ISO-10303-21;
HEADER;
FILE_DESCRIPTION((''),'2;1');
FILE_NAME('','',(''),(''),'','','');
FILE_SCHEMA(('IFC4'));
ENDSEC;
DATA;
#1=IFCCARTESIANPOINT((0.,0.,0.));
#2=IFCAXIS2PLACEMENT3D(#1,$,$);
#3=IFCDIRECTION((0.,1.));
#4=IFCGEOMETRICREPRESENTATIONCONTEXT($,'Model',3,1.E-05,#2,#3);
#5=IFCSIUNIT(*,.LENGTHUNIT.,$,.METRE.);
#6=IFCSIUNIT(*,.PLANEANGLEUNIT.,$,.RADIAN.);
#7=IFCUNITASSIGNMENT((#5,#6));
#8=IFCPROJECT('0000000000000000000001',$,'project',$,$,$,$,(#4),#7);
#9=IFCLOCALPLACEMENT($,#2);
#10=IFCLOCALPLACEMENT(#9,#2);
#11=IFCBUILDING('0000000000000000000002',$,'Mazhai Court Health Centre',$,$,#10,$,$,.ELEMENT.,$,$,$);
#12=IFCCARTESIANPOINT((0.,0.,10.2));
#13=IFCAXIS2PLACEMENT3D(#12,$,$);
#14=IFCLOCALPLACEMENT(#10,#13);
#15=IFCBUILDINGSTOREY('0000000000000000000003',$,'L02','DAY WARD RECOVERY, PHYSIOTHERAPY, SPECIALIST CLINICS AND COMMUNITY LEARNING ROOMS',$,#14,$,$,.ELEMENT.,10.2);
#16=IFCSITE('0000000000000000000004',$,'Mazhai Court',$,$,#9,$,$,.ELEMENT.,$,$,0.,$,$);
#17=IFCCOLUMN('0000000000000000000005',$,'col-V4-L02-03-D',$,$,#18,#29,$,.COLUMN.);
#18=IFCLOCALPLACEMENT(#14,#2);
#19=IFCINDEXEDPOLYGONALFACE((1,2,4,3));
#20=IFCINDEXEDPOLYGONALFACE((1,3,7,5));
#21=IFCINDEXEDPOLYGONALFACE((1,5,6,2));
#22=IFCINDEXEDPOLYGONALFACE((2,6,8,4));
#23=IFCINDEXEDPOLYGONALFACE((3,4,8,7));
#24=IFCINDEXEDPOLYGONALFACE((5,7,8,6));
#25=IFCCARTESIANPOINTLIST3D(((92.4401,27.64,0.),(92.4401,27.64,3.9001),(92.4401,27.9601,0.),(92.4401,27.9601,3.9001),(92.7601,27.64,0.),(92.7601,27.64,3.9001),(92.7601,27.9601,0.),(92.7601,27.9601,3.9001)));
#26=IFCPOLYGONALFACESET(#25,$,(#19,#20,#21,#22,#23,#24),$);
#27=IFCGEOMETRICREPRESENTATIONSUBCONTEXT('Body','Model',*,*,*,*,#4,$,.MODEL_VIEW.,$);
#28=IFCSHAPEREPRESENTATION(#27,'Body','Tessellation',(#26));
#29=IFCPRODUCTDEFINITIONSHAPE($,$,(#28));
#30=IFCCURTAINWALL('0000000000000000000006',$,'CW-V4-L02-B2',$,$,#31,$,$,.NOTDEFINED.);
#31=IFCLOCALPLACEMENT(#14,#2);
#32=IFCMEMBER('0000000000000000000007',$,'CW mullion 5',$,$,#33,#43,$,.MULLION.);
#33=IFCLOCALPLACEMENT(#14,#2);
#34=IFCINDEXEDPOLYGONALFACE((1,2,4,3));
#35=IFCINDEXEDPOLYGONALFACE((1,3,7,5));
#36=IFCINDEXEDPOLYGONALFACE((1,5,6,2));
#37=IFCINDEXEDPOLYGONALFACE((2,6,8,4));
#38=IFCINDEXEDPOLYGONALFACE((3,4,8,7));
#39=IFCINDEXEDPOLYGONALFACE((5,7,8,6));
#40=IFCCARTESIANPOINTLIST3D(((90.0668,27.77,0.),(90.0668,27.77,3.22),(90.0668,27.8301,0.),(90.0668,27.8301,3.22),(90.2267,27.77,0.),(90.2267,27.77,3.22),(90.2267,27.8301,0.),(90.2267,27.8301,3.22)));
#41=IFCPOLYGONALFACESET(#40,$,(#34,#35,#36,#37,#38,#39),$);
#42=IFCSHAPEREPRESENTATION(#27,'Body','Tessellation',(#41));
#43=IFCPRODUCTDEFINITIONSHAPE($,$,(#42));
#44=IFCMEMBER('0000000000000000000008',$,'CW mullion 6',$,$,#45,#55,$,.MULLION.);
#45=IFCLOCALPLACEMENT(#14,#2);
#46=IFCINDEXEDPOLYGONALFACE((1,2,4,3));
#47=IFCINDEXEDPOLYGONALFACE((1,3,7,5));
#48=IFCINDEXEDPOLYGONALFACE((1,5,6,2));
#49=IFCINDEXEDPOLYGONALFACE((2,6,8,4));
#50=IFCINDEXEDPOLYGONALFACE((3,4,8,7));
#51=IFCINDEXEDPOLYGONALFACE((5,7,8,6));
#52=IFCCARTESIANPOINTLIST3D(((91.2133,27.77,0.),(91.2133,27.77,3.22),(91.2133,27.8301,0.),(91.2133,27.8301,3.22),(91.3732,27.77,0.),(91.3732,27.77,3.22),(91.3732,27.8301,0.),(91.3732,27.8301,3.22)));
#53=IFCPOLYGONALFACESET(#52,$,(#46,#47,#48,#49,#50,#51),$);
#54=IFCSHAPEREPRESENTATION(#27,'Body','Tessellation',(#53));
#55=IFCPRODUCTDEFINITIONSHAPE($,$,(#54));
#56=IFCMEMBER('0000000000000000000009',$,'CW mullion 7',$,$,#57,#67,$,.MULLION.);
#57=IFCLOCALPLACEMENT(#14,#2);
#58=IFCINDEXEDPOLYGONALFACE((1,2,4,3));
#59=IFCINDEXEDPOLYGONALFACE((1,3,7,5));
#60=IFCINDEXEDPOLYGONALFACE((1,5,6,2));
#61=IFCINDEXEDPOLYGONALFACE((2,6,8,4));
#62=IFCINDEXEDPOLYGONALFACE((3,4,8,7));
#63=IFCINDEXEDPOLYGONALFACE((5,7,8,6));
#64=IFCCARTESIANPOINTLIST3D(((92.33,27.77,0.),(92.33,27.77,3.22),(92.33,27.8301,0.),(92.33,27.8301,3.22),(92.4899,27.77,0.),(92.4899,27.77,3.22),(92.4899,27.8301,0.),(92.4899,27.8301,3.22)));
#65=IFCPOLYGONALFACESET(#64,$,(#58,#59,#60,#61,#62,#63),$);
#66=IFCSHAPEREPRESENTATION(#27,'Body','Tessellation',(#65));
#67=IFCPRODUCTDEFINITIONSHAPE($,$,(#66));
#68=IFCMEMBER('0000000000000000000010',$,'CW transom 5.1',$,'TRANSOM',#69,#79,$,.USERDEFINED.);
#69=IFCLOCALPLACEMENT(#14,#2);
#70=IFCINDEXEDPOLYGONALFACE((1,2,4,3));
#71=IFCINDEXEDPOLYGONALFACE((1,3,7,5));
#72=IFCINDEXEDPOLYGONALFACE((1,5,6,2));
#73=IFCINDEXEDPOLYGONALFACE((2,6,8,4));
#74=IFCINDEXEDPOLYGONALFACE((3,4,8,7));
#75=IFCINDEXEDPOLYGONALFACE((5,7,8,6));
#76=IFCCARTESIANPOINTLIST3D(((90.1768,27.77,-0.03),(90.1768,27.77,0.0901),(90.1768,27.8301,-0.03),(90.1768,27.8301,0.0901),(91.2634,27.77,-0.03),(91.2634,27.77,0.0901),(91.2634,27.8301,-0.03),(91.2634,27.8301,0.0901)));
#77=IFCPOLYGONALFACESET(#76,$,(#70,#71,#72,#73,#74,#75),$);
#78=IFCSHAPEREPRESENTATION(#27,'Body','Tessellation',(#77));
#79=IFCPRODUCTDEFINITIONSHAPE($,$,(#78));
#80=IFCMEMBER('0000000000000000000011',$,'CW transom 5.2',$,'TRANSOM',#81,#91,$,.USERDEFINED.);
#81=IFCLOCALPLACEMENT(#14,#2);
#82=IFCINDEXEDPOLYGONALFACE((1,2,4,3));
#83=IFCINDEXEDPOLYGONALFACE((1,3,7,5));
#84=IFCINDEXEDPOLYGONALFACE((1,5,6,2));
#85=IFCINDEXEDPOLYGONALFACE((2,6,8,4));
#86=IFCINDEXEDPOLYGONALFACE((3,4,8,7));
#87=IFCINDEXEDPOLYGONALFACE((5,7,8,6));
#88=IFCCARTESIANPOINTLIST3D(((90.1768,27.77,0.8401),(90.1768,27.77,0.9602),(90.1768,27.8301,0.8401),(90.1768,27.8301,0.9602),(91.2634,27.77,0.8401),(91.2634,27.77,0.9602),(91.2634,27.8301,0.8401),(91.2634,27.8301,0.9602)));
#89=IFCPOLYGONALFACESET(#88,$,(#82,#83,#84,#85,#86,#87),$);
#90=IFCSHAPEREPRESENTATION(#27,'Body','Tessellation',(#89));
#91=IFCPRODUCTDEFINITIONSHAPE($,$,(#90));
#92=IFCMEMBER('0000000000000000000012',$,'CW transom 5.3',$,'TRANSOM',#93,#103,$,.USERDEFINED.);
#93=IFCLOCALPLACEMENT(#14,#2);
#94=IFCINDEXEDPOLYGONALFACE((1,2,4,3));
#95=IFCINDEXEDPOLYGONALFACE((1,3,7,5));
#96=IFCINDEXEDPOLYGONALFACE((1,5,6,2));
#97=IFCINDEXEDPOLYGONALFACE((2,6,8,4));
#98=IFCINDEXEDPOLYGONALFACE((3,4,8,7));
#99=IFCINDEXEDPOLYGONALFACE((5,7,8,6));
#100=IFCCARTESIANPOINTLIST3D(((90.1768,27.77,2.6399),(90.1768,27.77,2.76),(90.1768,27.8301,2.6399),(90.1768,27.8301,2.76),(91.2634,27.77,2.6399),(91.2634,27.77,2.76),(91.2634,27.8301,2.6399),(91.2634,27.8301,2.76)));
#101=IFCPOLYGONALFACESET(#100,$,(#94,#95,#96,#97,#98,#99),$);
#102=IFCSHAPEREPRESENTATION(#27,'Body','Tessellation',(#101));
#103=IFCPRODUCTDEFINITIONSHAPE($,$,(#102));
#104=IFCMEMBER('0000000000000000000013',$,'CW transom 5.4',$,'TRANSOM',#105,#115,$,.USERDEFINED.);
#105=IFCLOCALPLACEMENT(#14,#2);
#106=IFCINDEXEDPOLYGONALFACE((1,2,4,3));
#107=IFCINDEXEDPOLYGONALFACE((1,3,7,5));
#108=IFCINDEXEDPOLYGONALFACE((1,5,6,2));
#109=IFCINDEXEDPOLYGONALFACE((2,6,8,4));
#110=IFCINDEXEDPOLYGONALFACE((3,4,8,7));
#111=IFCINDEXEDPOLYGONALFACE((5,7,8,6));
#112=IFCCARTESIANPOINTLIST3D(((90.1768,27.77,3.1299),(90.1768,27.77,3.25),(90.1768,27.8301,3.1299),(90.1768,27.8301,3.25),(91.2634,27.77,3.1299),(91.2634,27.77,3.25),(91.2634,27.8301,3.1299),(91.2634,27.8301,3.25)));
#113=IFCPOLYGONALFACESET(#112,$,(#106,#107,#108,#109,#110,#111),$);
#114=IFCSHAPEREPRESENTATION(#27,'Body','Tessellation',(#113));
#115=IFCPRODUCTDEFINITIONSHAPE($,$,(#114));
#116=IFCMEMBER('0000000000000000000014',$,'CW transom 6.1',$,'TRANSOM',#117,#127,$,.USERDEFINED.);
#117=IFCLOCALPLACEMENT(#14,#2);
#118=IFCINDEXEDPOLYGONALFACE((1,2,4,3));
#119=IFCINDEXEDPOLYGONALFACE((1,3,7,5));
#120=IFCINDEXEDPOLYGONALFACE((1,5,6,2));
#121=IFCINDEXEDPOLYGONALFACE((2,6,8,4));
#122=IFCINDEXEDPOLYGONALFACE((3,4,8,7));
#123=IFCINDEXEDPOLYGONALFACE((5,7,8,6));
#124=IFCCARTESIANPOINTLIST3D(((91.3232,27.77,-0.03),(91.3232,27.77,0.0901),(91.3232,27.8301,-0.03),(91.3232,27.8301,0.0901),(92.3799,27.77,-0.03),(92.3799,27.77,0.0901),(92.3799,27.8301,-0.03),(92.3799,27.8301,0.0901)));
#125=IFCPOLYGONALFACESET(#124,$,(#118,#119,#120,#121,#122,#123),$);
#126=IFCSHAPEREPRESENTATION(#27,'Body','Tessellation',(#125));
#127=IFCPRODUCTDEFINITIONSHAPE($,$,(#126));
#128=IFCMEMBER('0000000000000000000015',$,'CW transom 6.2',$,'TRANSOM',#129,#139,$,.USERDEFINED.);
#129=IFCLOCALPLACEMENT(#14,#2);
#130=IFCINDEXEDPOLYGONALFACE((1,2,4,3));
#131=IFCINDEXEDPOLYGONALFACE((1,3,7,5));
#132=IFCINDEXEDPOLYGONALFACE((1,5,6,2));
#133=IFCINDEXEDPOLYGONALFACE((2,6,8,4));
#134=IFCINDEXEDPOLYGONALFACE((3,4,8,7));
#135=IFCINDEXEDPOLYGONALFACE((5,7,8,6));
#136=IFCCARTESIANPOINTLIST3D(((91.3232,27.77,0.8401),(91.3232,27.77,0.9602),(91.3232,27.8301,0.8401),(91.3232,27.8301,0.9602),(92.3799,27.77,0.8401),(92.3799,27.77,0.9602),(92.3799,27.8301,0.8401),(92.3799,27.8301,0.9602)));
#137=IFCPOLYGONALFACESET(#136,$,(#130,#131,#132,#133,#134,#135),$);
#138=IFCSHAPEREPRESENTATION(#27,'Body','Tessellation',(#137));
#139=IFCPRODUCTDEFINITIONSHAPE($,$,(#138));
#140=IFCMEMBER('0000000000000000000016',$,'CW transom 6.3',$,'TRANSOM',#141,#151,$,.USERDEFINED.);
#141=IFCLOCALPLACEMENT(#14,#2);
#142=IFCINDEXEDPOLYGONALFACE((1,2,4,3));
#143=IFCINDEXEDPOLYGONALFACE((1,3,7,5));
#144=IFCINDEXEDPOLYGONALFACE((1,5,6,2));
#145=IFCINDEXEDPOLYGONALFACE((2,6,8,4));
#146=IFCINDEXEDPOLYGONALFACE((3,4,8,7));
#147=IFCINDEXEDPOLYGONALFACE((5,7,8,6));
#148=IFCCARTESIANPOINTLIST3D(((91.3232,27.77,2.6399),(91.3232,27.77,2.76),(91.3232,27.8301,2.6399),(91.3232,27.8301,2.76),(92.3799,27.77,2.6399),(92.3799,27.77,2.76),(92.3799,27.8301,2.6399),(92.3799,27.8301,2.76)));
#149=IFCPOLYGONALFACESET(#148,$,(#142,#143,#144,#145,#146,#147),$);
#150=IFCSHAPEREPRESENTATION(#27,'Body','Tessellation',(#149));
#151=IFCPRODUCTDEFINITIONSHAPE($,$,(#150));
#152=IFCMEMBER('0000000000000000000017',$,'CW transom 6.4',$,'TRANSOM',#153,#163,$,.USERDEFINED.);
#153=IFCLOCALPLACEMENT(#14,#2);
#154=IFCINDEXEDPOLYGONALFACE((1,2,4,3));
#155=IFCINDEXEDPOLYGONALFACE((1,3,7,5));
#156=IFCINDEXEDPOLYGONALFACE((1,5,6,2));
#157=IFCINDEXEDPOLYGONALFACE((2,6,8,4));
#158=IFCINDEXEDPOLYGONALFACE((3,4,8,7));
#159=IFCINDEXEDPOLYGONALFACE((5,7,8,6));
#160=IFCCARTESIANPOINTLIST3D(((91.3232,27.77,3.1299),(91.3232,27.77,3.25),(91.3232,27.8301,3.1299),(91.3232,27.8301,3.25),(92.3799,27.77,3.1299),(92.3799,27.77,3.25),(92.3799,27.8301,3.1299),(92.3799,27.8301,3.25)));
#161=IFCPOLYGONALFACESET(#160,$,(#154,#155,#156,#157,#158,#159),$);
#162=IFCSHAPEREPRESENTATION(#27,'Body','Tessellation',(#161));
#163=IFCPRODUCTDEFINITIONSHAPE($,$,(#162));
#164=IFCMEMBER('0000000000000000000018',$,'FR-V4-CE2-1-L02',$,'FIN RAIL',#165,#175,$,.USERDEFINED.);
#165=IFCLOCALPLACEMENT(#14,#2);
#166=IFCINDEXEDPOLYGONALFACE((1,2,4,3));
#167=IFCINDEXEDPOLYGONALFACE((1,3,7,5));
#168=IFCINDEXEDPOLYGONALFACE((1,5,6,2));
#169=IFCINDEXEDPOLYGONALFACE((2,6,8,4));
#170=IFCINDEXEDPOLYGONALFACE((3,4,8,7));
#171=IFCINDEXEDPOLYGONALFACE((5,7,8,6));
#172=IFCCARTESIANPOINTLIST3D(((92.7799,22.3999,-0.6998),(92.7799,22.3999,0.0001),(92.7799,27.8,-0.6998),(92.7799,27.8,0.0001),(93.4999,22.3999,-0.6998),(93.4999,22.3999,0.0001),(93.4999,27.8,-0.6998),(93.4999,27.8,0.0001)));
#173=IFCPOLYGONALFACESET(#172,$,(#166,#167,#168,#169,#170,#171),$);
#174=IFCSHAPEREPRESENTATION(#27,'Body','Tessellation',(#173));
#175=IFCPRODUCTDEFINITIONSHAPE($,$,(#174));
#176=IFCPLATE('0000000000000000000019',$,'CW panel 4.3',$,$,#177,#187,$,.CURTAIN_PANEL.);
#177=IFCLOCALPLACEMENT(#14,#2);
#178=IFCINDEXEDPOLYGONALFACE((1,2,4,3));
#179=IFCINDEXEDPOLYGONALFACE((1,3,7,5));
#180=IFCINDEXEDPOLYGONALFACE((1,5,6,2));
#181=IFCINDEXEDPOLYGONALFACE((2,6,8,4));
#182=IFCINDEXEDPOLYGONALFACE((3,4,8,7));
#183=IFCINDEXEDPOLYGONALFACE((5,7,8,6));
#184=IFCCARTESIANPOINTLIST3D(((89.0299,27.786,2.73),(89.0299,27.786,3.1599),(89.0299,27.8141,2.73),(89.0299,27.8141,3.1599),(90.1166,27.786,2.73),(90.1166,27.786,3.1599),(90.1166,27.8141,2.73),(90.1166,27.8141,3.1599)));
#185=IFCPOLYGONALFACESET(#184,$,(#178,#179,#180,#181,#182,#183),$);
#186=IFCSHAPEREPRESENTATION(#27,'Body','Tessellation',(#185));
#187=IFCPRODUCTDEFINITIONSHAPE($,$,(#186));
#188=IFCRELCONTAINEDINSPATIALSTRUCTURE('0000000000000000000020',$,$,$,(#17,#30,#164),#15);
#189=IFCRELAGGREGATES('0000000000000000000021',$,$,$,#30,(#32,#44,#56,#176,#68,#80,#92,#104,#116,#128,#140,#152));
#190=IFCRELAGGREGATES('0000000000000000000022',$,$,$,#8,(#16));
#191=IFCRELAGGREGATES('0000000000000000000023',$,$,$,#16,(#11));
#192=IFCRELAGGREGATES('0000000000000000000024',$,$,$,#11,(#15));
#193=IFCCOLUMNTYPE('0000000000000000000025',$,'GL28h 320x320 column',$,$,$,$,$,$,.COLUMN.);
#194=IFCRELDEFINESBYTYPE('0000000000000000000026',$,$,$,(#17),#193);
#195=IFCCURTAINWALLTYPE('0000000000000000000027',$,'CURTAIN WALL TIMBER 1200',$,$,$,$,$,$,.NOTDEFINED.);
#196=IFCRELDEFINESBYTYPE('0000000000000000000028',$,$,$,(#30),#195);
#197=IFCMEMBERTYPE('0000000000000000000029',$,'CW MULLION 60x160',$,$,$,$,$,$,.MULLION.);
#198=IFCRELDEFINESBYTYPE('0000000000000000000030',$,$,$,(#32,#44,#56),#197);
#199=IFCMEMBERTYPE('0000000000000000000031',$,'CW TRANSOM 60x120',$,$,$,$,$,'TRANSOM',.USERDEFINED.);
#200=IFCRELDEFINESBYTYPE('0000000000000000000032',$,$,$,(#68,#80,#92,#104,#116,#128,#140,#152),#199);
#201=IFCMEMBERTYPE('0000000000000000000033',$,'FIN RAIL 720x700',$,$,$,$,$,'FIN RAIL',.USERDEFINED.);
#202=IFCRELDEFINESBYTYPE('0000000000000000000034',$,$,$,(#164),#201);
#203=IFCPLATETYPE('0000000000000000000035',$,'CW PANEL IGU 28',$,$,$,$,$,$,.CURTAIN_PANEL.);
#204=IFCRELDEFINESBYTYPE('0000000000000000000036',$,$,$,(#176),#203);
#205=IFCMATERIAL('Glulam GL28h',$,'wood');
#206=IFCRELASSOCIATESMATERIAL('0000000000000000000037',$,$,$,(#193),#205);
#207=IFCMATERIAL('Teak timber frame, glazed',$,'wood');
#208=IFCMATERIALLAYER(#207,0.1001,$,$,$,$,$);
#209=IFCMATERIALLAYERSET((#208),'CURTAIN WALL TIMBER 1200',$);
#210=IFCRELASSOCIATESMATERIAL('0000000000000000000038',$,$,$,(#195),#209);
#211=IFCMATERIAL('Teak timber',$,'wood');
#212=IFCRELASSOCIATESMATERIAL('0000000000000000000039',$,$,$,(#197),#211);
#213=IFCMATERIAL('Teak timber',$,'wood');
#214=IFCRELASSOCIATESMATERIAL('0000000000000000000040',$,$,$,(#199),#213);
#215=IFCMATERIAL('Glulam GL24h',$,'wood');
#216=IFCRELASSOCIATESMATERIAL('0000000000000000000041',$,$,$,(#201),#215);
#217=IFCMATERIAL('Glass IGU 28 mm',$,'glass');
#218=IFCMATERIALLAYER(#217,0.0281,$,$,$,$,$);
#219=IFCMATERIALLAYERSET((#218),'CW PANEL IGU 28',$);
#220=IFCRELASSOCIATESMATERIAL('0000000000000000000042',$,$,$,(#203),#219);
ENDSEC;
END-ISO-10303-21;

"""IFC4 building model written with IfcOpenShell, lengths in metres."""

from ifc_helpers import new_model, si_unit, direction, frame, origin, origin_2d, place, context, subcontext, project, spatial, rectangle, extrude, material, layer, layer_set, material_profile, profile_set, type_object, element, aggregate, save


model = new_model("IFC4")

# Units and contexts
model_context = context("Model", 3, precision=1e-05, world=origin(), true_north=direction((0.0, 1.0)))
body_context = subcontext(model_context, "Body", "Model", "MODEL_VIEW")
ifc_project = project(units=[si_unit("LENGTHUNIT", "METRE"), si_unit("PLANEANGLEUNIT", "RADIAN")], contexts=[model_context])

# Site, building, storey
site_placement = place(None, origin())
site = spatial("IfcSite", under=ifc_project, at=site_placement, Name="Mazhai Court", CompositionType="ELEMENT", RefElevation=0.0)
building_placement = place(site_placement, origin())
building = spatial("IfcBuilding", under=site, at=building_placement, Name="Mazhai Court Health Centre", CompositionType="ELEMENT")
storey_placement = place(building_placement, frame((0.0, 0.0, 10.2)))
storey = spatial("IfcBuildingStorey", under=building, at=storey_placement, Name="L02", Description="DAY WARD RECOVERY, PHYSIOTHERAPY, SPECIALIST CLINICS AND COMMUNITY LEARNING ROOMS", CompositionType="ELEMENT", Elevation=10.2)

# Column
ifc_material_1 = material(Name="Glulam GL28h", Category="wood")
ifc_material_profile_1 = material_profile(ifc_material_1, rectangle(XDim=0.3201, YDim=0.3201, at=origin_2d()), Name="GL28h 320x320")
ifc_profile_set_1 = profile_set([ifc_material_profile_1], Name="Glulam GL28h")
column_type = type_object("IfcColumnType", Name="GL28h 320x320 column", PredefinedType="COLUMN", material=ifc_profile_set_1)
column_placement = place(storey_placement, frame((92.6001, 27.8, 0.0), z_axis=(0.0, 0.0, 1.0), x_axis=(1.0, 0.0, 0.0)))
element("IfcColumn", 1, at=column_placement, inside=storey, type_object=column_type, Name="col-V4-L02-03-D", PredefinedType="COLUMN", context=body_context, shape_type="SweptSolid", body=[
    extrude(rectangle(XDim=0.3201, YDim=0.3201, at=origin_2d()), origin(), (0.0, 0.0, 1.0), 3.9001),
])

# Curtain wall, members
ifc_material_2 = material(Name="Teak timber frame, glazed", Category="wood")
ifc_layer_1 = layer(ifc_material_2, 0.1001)
ifc_layer_set_1 = layer_set([ifc_layer_1], Name="CURTAIN WALL TIMBER 1200")
curtain_wall_type = type_object("IfcCurtainWallType", Name="CURTAIN WALL TIMBER 1200", PredefinedType="NOTDEFINED", material=ifc_layer_set_1)
curtain_wall_placement = place(storey_placement, origin())
curtain_wall = element("IfcCurtainWall", 2, at=curtain_wall_placement, inside=storey, type_object=curtain_wall_type, Name="CW-V4-L02-B2", PredefinedType="NOTDEFINED")
ifc_material_3 = material(Name="Teak timber", Category="wood")
ifc_material_profile_2 = material_profile(ifc_material_3, rectangle(XDim=0.0601, YDim=0.1599, at=origin_2d()), Name="CW MULLION 60x160")
ifc_profile_set_2 = profile_set([ifc_material_profile_2], Name="Teak timber")
member_type_1 = type_object("IfcMemberType", Name="CW MULLION 60x160", PredefinedType="MULLION", material=ifc_profile_set_2)
member_1_placement = place(storey_placement, frame((90.1467, 27.8, 0.0), z_axis=(0.0, 0.0, 1.0), x_axis=(0.0, 1.0, 0.0)))
member_1 = element("IfcMember", 3, at=member_1_placement, type_object=member_type_1, Name="CW mullion 5", PredefinedType="MULLION", context=body_context, shape_type="SweptSolid", body=[
    extrude(rectangle(XDim=0.0601, YDim=0.1599, at=origin_2d()), origin(), (0.0, 0.0, 1.0), 3.22),
])
member_2_placement = place(storey_placement, frame((91.2932, 27.8, 0.0), z_axis=(0.0, 0.0, 1.0), x_axis=(0.0, 1.0, 0.0)))
member_2 = element("IfcMember", 4, at=member_2_placement, type_object=member_type_1, Name="CW mullion 6", PredefinedType="MULLION", context=body_context, shape_type="SweptSolid", body=[
    extrude(rectangle(XDim=0.0601, YDim=0.1599, at=origin_2d()), origin(), (0.0, 0.0, 1.0), 3.22),
])
member_3_placement = place(storey_placement, frame((92.4099, 27.8, 0.0), z_axis=(0.0, 0.0, 1.0), x_axis=(0.0, 1.0, 0.0)))
member_3 = element("IfcMember", 5, at=member_3_placement, type_object=member_type_1, Name="CW mullion 7", PredefinedType="MULLION", context=body_context, shape_type="SweptSolid", body=[
    extrude(rectangle(XDim=0.0601, YDim=0.1599, at=origin_2d()), origin(), (0.0, 0.0, 1.0), 3.22),
])
ifc_material_4 = material(Name="Teak timber", Category="wood")
ifc_material_profile_3 = material_profile(ifc_material_4, rectangle(XDim=0.0601, YDim=0.1201, at=origin_2d()), Name="CW TRANSOM 60x120")
ifc_profile_set_3 = profile_set([ifc_material_profile_3], Name="Teak timber")
member_type_2 = type_object("IfcMemberType", Name="CW TRANSOM 60x120", ElementType="TRANSOM", PredefinedType="USERDEFINED", material=ifc_profile_set_3)
member_4_placement = place(storey_placement, frame((90.1768, 27.8, 0.03), z_axis=(1.0, 0.0, 0.0), x_axis=(0.0, 1.0, 0.0)))
member_4 = element("IfcMember", 6, at=member_4_placement, type_object=member_type_2, Name="CW transom 5.1", ObjectType="TRANSOM", PredefinedType="USERDEFINED", context=body_context, shape_type="SweptSolid", body=[
    extrude(rectangle(XDim=0.0601, YDim=0.1201, at=origin_2d()), origin(), (0.0, 0.0, 1.0), 1.0867),
])
member_5_placement = place(storey_placement, frame((90.1768, 27.8, 0.9001), z_axis=(1.0, 0.0, 0.0), x_axis=(0.0, 1.0, 0.0)))
member_5 = element("IfcMember", 7, at=member_5_placement, type_object=member_type_2, Name="CW transom 5.2", ObjectType="TRANSOM", PredefinedType="USERDEFINED", context=body_context, shape_type="SweptSolid", body=[
    extrude(rectangle(XDim=0.0601, YDim=0.1201, at=origin_2d()), origin(), (0.0, 0.0, 1.0), 1.0867),
])
member_6_placement = place(storey_placement, frame((90.1768, 27.8, 2.7), z_axis=(1.0, 0.0, 0.0), x_axis=(0.0, 1.0, 0.0)))
member_6 = element("IfcMember", 8, at=member_6_placement, type_object=member_type_2, Name="CW transom 5.3", ObjectType="TRANSOM", PredefinedType="USERDEFINED", context=body_context, shape_type="SweptSolid", body=[
    extrude(rectangle(XDim=0.0601, YDim=0.1201, at=origin_2d()), origin(), (0.0, 0.0, 1.0), 1.0867),
])
member_7_placement = place(storey_placement, frame((90.1768, 27.8, 3.1899), z_axis=(1.0, 0.0, 0.0), x_axis=(0.0, 1.0, 0.0)))
member_7 = element("IfcMember", 9, at=member_7_placement, type_object=member_type_2, Name="CW transom 5.4", ObjectType="TRANSOM", PredefinedType="USERDEFINED", context=body_context, shape_type="SweptSolid", body=[
    extrude(rectangle(XDim=0.0601, YDim=0.1201, at=origin_2d()), origin(), (0.0, 0.0, 1.0), 1.0867),
])
member_8_placement = place(storey_placement, frame((91.3232, 27.8, 0.03), z_axis=(1.0, 0.0, 0.0), x_axis=(0.0, 1.0, 0.0)))
member_8 = element("IfcMember", 10, at=member_8_placement, type_object=member_type_2, Name="CW transom 6.1", ObjectType="TRANSOM", PredefinedType="USERDEFINED", context=body_context, shape_type="SweptSolid", body=[
    extrude(rectangle(XDim=0.0601, YDim=0.1201, at=origin_2d()), origin(), (0.0, 0.0, 1.0), 1.0566),
])
member_9_placement = place(storey_placement, frame((91.3232, 27.8, 0.9001), z_axis=(1.0, 0.0, 0.0), x_axis=(0.0, 1.0, 0.0)))
member_9 = element("IfcMember", 11, at=member_9_placement, type_object=member_type_2, Name="CW transom 6.2", ObjectType="TRANSOM", PredefinedType="USERDEFINED", context=body_context, shape_type="SweptSolid", body=[
    extrude(rectangle(XDim=0.0601, YDim=0.1201, at=origin_2d()), origin(), (0.0, 0.0, 1.0), 1.0566),
])
member_10_placement = place(storey_placement, frame((91.3232, 27.8, 2.7), z_axis=(1.0, 0.0, 0.0), x_axis=(0.0, 1.0, 0.0)))
member_10 = element("IfcMember", 12, at=member_10_placement, type_object=member_type_2, Name="CW transom 6.3", ObjectType="TRANSOM", PredefinedType="USERDEFINED", context=body_context, shape_type="SweptSolid", body=[
    extrude(rectangle(XDim=0.0601, YDim=0.1201, at=origin_2d()), origin(), (0.0, 0.0, 1.0), 1.0566),
])
member_11_placement = place(storey_placement, frame((91.3232, 27.8, 3.1899), z_axis=(1.0, 0.0, 0.0), x_axis=(0.0, 1.0, 0.0)))
member_11 = element("IfcMember", 13, at=member_11_placement, type_object=member_type_2, Name="CW transom 6.4", ObjectType="TRANSOM", PredefinedType="USERDEFINED", context=body_context, shape_type="SweptSolid", body=[
    extrude(rectangle(XDim=0.0601, YDim=0.1201, at=origin_2d()), origin(), (0.0, 0.0, 1.0), 1.0566),
])

# Member
ifc_material_5 = material(Name="Glulam GL24h", Category="wood")
ifc_material_profile_4 = material_profile(ifc_material_5, rectangle(XDim=0.72, YDim=0.7, at=origin_2d()), Name="FIN RAIL 720x700")
ifc_profile_set_4 = profile_set([ifc_material_profile_4], Name="Glulam GL24h")
member_type_3 = type_object("IfcMemberType", Name="FIN RAIL 720x700", ElementType="FIN RAIL", PredefinedType="USERDEFINED", material=ifc_profile_set_4)
member_12_placement = place(storey_placement, frame((93.1399, 27.8, -0.3499), z_axis=(0.0, -1.0, 0.0), x_axis=(1.0, 0.0, 0.0)))
element("IfcMember", 14, at=member_12_placement, inside=storey, type_object=member_type_3, Name="FR-V4-CE2-1-L02", ObjectType="FIN RAIL", PredefinedType="USERDEFINED", context=body_context, shape_type="SweptSolid", body=[
    extrude(rectangle(XDim=0.72, YDim=0.7, at=origin_2d()), origin(), (0.0, 0.0, 1.0), 5.4001),
])

# Plate
ifc_material_6 = material(Name="Glass IGU 28 mm", Category="glass")
ifc_layer_2 = layer(ifc_material_6, 0.0281)
ifc_layer_set_2 = layer_set([ifc_layer_2], Name="CW PANEL IGU 28")
plate_type = type_object("IfcPlateType", Name="CW PANEL IGU 28", PredefinedType="CURTAIN_PANEL", material=ifc_layer_set_2)
plate_1_placement = place(storey_placement, frame((89.5732, 27.8, 2.73), z_axis=(0.0, 0.0, 1.0), x_axis=(1.0, 0.0, 0.0)))
plate_1 = element("IfcPlate", 15, at=plate_1_placement, type_object=plate_type, Name="CW panel 4.3", PredefinedType="CURTAIN_PANEL", context=body_context, shape_type="SweptSolid", body=[
    extrude(rectangle(XDim=1.0867, YDim=0.0281, at=origin_2d()), origin(), (0.0, 0.0, 1.0), 0.4299),
])
aggregate(curtain_wall, [member_1, member_2, member_3, plate_1, member_4, member_5, member_6, member_7, member_8, member_9, member_10, member_11])

save(model, "model.ifc")
